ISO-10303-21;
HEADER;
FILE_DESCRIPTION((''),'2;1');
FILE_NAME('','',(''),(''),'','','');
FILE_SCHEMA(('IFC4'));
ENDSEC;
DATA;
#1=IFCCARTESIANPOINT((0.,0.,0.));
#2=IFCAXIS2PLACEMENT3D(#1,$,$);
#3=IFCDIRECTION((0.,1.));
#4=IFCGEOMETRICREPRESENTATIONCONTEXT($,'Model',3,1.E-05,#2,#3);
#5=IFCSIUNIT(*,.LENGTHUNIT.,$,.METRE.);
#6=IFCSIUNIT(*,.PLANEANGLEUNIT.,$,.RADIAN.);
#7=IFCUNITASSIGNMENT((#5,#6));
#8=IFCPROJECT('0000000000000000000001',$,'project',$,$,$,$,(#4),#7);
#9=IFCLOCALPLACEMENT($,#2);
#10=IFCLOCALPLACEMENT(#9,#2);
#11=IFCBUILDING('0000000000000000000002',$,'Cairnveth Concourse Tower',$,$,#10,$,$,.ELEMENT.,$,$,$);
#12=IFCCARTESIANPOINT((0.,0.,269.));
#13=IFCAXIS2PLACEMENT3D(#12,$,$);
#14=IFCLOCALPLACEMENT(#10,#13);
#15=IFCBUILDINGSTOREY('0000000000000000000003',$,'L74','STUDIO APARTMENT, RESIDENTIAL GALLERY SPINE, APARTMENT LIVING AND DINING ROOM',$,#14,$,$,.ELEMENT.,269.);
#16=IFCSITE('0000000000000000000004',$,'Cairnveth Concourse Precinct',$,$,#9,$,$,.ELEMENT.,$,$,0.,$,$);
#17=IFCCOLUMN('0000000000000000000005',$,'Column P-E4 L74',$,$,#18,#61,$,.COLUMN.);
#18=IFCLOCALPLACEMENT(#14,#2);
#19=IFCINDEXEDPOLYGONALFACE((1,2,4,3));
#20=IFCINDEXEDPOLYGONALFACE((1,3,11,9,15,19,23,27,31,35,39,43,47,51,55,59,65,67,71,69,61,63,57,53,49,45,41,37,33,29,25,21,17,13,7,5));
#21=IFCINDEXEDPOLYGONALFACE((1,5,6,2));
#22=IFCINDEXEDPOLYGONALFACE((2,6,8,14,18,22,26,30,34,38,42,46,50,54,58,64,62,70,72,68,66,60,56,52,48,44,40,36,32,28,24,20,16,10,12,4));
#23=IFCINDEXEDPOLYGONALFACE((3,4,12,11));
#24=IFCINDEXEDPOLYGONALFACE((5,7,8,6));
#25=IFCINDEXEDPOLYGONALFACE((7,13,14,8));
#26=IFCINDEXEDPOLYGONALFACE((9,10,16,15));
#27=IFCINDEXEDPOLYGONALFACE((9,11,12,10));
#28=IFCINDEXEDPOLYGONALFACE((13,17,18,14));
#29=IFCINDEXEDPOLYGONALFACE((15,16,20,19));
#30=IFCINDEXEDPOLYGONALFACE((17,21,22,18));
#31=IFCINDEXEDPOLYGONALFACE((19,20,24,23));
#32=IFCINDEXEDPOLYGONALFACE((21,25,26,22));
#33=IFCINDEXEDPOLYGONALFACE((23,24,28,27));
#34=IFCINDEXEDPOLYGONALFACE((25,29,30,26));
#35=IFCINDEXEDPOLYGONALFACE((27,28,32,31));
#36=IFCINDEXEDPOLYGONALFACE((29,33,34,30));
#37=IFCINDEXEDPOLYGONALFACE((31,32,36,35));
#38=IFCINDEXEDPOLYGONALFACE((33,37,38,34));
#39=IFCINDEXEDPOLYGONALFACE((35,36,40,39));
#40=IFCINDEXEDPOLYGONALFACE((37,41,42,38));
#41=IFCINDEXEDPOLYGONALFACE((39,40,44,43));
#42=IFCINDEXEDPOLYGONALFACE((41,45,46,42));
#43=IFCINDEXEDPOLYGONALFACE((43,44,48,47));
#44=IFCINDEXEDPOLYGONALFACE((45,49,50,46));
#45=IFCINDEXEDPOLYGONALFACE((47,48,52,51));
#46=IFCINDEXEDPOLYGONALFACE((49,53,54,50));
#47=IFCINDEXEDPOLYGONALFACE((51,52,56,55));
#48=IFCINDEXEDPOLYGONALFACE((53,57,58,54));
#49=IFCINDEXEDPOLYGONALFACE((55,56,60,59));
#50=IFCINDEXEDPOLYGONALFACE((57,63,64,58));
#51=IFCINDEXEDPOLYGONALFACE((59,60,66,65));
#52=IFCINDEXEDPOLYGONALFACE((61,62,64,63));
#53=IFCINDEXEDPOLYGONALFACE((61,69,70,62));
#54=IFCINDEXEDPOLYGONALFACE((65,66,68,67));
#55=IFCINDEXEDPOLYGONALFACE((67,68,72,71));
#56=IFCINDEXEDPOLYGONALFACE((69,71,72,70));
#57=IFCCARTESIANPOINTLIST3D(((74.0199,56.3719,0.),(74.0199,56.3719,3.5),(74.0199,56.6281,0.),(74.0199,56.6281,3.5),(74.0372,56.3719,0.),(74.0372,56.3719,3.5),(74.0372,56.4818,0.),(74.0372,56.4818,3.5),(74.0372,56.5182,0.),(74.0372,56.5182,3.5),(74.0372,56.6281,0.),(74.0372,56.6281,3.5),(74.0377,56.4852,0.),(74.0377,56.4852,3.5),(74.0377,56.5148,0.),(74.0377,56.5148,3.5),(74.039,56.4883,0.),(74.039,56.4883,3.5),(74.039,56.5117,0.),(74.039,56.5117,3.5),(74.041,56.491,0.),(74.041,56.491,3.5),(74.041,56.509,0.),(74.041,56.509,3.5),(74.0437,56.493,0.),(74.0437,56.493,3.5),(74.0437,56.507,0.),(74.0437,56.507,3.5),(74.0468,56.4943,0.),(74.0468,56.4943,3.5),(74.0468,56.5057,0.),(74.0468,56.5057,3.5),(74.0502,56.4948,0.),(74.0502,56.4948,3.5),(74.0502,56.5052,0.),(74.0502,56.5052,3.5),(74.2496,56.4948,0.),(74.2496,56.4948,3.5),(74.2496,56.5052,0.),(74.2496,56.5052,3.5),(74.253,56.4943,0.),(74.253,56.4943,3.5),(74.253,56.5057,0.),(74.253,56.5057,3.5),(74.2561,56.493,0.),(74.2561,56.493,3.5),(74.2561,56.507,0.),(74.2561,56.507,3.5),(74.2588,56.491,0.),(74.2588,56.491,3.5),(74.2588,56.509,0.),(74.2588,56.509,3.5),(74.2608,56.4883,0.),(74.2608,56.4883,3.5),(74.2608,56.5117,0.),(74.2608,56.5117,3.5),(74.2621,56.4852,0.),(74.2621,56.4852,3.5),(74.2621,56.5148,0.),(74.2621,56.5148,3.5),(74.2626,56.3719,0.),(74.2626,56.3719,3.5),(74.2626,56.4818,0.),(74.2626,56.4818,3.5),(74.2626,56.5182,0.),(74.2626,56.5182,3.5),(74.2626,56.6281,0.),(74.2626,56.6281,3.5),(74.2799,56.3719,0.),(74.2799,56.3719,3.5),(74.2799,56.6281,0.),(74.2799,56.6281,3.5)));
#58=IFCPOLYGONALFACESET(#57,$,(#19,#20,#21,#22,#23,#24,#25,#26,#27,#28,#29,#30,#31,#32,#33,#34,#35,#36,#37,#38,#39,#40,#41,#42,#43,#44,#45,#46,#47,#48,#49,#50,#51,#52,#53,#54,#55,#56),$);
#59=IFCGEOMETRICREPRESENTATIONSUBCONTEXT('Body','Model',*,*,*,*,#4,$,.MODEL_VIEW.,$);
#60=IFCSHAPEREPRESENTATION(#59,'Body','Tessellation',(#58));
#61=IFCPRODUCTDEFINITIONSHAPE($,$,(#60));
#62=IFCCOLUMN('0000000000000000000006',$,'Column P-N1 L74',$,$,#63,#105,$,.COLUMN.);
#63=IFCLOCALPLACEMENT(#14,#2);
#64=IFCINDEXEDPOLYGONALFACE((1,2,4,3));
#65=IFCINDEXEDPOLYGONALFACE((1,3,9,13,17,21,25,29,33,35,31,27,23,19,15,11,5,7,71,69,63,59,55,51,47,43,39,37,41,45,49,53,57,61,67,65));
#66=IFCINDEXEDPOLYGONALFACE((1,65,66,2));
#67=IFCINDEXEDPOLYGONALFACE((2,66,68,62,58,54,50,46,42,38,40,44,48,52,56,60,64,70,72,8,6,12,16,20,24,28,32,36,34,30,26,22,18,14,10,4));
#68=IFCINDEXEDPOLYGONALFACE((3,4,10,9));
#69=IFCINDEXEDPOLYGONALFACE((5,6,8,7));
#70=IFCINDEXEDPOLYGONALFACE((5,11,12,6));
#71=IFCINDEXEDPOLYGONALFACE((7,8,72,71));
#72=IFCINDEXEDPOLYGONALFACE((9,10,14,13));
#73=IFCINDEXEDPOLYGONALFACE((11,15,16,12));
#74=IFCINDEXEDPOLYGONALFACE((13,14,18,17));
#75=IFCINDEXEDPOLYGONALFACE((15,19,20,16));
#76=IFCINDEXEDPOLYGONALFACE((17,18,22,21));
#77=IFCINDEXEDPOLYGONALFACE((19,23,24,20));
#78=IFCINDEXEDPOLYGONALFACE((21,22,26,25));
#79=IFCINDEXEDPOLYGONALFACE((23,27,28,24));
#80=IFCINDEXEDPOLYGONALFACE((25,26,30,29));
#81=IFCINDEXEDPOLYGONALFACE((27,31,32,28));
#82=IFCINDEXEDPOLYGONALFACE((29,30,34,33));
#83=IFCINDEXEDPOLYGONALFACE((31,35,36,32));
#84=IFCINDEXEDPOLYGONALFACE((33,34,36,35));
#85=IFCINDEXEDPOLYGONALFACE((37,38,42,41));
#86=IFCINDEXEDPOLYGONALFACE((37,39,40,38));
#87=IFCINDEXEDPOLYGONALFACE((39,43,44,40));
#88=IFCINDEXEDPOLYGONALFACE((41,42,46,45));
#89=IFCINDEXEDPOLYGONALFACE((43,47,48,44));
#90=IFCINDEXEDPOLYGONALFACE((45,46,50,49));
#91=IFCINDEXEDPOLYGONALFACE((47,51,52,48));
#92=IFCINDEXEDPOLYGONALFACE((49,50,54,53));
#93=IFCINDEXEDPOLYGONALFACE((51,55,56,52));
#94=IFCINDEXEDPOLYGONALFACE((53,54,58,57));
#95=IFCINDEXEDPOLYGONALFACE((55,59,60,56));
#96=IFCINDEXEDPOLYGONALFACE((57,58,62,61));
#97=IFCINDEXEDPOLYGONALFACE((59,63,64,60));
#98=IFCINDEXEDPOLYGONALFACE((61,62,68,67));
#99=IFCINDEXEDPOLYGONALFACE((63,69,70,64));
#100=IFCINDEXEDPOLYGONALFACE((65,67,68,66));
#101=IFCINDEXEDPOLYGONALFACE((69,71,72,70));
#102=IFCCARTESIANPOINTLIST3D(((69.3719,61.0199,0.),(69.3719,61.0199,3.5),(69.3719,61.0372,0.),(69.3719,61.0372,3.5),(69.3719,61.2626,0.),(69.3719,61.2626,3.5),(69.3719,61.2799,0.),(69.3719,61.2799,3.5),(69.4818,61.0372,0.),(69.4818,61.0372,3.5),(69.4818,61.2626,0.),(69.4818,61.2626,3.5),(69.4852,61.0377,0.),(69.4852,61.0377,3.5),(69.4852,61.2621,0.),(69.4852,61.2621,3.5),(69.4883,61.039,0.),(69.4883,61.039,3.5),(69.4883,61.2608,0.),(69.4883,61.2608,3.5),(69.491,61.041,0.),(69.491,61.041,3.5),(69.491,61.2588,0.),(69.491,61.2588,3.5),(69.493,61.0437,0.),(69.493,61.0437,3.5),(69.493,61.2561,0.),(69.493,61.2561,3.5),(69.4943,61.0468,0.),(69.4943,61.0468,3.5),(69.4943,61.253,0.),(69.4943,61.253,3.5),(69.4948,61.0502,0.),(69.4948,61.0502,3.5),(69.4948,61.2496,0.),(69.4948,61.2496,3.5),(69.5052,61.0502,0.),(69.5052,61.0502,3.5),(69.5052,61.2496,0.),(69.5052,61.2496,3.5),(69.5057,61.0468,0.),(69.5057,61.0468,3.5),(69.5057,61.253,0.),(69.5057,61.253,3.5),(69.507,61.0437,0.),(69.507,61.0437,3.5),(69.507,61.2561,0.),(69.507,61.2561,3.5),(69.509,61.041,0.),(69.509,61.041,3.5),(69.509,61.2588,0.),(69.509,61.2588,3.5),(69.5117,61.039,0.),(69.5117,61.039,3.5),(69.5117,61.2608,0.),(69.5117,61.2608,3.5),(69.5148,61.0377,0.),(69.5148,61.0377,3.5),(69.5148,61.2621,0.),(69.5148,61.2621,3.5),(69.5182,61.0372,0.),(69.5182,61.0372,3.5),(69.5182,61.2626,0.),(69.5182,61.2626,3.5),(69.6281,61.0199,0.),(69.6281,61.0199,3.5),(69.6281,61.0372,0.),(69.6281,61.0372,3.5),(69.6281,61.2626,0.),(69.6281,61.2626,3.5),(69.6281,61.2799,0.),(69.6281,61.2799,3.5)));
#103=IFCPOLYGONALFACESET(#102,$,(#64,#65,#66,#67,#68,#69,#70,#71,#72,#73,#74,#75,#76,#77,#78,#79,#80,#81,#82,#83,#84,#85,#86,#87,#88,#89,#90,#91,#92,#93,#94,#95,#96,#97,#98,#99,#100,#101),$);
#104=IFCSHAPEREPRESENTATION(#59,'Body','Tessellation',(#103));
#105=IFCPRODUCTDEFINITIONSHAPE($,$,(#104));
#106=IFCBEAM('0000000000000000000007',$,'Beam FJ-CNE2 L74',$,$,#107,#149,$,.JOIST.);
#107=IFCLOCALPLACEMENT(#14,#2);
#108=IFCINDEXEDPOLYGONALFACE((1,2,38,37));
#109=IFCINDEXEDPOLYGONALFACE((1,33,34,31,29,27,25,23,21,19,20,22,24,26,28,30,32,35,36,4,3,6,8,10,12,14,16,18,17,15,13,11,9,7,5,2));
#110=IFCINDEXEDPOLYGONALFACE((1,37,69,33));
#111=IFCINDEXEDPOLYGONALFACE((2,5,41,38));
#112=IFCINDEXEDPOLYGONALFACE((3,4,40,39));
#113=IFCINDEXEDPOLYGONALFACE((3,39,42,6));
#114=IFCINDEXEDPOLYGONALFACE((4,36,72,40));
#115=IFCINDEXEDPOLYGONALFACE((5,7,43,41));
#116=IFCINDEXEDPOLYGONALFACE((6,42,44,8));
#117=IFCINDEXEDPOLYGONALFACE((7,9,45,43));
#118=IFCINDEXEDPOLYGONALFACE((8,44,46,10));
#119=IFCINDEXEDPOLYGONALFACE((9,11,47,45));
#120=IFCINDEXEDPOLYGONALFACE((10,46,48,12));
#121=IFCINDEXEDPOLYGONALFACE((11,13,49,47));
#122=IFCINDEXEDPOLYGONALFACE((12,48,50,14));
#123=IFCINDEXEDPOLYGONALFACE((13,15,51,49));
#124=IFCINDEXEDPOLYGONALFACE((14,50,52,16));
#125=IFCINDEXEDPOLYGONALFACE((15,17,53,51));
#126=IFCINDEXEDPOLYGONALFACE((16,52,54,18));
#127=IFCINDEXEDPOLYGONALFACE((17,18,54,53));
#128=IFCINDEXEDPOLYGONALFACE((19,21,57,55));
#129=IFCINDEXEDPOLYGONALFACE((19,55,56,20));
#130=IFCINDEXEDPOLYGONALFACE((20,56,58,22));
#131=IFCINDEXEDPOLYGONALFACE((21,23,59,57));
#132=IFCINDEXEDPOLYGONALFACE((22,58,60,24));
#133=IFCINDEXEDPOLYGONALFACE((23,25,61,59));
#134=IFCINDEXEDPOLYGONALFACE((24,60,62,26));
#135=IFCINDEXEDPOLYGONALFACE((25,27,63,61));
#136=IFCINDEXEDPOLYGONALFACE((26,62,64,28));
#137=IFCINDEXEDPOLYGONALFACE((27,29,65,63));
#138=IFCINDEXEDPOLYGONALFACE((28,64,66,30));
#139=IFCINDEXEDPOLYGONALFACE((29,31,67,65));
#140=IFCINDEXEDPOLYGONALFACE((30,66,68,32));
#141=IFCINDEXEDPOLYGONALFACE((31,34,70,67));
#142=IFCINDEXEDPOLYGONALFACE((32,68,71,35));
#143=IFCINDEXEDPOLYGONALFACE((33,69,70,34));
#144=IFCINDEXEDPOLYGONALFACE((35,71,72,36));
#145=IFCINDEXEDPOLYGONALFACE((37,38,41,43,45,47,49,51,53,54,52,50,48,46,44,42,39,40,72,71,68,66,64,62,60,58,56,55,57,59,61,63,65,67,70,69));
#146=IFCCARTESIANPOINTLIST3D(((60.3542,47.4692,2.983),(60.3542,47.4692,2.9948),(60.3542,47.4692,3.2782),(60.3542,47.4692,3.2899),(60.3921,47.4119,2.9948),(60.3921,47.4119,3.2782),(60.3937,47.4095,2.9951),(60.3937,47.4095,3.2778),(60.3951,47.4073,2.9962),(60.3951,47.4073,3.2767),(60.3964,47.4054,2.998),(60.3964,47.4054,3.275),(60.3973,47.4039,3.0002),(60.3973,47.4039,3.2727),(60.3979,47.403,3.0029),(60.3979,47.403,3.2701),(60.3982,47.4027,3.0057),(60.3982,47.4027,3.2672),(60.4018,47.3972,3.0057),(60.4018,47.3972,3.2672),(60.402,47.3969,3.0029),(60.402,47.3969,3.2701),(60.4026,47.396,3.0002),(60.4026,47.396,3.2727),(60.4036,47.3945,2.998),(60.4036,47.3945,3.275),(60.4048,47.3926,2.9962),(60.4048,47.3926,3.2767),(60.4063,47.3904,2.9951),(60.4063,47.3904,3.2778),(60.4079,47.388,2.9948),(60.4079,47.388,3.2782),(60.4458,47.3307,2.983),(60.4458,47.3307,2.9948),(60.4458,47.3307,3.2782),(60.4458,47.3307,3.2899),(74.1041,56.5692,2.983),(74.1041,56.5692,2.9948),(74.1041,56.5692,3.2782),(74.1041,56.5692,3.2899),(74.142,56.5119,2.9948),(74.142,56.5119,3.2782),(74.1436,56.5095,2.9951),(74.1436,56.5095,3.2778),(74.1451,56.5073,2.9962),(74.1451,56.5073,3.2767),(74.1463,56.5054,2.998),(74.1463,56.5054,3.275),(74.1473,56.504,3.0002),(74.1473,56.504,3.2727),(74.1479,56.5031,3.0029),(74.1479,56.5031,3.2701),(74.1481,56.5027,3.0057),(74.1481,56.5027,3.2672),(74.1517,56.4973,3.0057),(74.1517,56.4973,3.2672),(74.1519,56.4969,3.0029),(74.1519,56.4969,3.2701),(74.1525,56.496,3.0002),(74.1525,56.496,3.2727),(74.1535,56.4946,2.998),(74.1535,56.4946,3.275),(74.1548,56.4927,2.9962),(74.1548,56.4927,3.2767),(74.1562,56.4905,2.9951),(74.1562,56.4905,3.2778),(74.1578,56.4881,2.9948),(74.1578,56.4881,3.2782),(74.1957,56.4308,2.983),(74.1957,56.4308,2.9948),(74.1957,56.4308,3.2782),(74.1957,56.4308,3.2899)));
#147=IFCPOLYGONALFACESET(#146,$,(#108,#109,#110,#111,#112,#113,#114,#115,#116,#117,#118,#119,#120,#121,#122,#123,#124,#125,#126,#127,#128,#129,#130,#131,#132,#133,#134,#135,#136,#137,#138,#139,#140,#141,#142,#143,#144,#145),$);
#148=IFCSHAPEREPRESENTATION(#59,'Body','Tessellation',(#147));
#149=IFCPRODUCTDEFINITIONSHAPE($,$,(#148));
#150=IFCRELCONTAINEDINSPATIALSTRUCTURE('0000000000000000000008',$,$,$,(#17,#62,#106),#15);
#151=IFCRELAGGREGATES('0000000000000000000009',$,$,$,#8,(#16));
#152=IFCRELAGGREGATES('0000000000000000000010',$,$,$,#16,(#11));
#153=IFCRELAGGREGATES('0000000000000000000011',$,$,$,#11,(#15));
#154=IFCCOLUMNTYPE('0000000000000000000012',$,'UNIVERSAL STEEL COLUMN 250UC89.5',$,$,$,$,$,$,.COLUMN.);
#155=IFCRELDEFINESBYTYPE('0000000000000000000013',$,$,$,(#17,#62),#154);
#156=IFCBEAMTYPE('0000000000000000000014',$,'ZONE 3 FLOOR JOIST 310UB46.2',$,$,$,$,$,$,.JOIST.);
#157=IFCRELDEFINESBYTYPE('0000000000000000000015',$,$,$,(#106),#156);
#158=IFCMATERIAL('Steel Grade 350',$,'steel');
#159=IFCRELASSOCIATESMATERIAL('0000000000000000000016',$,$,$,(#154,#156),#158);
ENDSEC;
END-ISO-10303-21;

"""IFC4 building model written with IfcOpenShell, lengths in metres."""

from ifc_helpers import new_model, si_unit, direction, frame, origin, origin_2d, place, context, subcontext, project, spatial, i_section, extrude, material, material_profile, profile_set, type_object, element, save


model = new_model("IFC4")

# Units and contexts
model_context = context("Model", 3, precision=1e-05, world=origin(), true_north=direction((0.0, 1.0)))
body_context = subcontext(model_context, "Body", "Model", "MODEL_VIEW")
ifc_project = project(units=[si_unit("LENGTHUNIT", "METRE"), si_unit("PLANEANGLEUNIT", "RADIAN")], contexts=[model_context])

# Site, building, storey
site_placement = place(None, origin())
site = spatial("IfcSite", under=ifc_project, at=site_placement, Name="Cairnveth Concourse Precinct", CompositionType="ELEMENT", RefElevation=0.0)
building_placement = place(site_placement, origin())
building = spatial("IfcBuilding", under=site, at=building_placement, Name="Cairnveth Concourse Tower", CompositionType="ELEMENT")
storey_placement = place(building_placement, frame((0.0, 0.0, 269.0)))
storey = spatial("IfcBuildingStorey", under=building, at=storey_placement, Name="L74", Description="STUDIO APARTMENT, RESIDENTIAL GALLERY SPINE, APARTMENT LIVING AND DINING ROOM", CompositionType="ELEMENT", Elevation=269.0)

# Columns
ifc_material_1 = material(Name="Steel Grade 350", Category="steel")
ifc_material_profile_1 = material_profile(ifc_material_1, i_section(OverallWidth=0.2561, OverallDepth=0.26, WebThickness=0.0105, FlangeThickness=0.0173, FilletRadius=0.0129, at=origin_2d()), Name="250UC89.5")
ifc_profile_set_1 = profile_set([ifc_material_profile_1], Name="Steel Grade 350")
column_type = type_object("IfcColumnType", Name="UNIVERSAL STEEL COLUMN 250UC89.5", PredefinedType="COLUMN", material=ifc_profile_set_1)
for number, where, z_axis, x_axis, name in (
    (1, (74.1499, 56.5, 0.0), (0.0, 0.0, 1.0), (0.0, 1.0, 0.0), "Column P-E4 L74"),
    (2, (69.5, 61.1499, 0.0), (0.0, 0.0, 1.0), (1.0, 0.0, 0.0), "Column P-N1 L74"),
):
    element("IfcColumn", number, at=place(storey_placement, frame(where, z_axis=z_axis, x_axis=x_axis)), inside=storey, type_object=column_type, Name=name, PredefinedType="COLUMN", context=body_context, shape_type="SweptSolid", body=[
        extrude(i_section(OverallWidth=0.2561, OverallDepth=0.26, WebThickness=0.0105, FlangeThickness=0.0173, FilletRadius=0.0129, at=origin_2d()), origin(), (0.0, 0.0, 1.0), 3.5),
    ])

# Beam
ifc_material_profile_2 = material_profile(ifc_material_1, i_section(OverallWidth=0.166, OverallDepth=0.3069, WebThickness=0.0066, FlangeThickness=0.0117, FilletRadius=0.011, at=origin_2d()), Name="310UB46.2")
ifc_profile_set_2 = profile_set([ifc_material_profile_2], Name="Steel Grade 350")
beam_type_1 = type_object("IfcBeamType", Name="ZONE 3 FLOOR JOIST 310UB46.2", PredefinedType="JOIST", material=ifc_profile_set_2)
beam_1_placement = place(storey_placement, frame((74.1499, 56.5, 3.1365), z_axis=(-0.833909, -0.551902, 0.0), x_axis=(0.551902, -0.833909, 0.0)))
element("IfcBeam", 3, at=beam_1_placement, inside=storey, type_object=beam_type_1, Name="Beam FJ-CNE2 L74", PredefinedType="JOIST", context=body_context, shape_type="SweptSolid", body=[
    extrude(i_section(OverallWidth=0.166, OverallDepth=0.3069, WebThickness=0.0066, FlangeThickness=0.0117, FilletRadius=0.011, at=origin_2d()), origin(), (0.0, 0.0, 1.0), 16.4885),
])

save(model, "model.ifc")
